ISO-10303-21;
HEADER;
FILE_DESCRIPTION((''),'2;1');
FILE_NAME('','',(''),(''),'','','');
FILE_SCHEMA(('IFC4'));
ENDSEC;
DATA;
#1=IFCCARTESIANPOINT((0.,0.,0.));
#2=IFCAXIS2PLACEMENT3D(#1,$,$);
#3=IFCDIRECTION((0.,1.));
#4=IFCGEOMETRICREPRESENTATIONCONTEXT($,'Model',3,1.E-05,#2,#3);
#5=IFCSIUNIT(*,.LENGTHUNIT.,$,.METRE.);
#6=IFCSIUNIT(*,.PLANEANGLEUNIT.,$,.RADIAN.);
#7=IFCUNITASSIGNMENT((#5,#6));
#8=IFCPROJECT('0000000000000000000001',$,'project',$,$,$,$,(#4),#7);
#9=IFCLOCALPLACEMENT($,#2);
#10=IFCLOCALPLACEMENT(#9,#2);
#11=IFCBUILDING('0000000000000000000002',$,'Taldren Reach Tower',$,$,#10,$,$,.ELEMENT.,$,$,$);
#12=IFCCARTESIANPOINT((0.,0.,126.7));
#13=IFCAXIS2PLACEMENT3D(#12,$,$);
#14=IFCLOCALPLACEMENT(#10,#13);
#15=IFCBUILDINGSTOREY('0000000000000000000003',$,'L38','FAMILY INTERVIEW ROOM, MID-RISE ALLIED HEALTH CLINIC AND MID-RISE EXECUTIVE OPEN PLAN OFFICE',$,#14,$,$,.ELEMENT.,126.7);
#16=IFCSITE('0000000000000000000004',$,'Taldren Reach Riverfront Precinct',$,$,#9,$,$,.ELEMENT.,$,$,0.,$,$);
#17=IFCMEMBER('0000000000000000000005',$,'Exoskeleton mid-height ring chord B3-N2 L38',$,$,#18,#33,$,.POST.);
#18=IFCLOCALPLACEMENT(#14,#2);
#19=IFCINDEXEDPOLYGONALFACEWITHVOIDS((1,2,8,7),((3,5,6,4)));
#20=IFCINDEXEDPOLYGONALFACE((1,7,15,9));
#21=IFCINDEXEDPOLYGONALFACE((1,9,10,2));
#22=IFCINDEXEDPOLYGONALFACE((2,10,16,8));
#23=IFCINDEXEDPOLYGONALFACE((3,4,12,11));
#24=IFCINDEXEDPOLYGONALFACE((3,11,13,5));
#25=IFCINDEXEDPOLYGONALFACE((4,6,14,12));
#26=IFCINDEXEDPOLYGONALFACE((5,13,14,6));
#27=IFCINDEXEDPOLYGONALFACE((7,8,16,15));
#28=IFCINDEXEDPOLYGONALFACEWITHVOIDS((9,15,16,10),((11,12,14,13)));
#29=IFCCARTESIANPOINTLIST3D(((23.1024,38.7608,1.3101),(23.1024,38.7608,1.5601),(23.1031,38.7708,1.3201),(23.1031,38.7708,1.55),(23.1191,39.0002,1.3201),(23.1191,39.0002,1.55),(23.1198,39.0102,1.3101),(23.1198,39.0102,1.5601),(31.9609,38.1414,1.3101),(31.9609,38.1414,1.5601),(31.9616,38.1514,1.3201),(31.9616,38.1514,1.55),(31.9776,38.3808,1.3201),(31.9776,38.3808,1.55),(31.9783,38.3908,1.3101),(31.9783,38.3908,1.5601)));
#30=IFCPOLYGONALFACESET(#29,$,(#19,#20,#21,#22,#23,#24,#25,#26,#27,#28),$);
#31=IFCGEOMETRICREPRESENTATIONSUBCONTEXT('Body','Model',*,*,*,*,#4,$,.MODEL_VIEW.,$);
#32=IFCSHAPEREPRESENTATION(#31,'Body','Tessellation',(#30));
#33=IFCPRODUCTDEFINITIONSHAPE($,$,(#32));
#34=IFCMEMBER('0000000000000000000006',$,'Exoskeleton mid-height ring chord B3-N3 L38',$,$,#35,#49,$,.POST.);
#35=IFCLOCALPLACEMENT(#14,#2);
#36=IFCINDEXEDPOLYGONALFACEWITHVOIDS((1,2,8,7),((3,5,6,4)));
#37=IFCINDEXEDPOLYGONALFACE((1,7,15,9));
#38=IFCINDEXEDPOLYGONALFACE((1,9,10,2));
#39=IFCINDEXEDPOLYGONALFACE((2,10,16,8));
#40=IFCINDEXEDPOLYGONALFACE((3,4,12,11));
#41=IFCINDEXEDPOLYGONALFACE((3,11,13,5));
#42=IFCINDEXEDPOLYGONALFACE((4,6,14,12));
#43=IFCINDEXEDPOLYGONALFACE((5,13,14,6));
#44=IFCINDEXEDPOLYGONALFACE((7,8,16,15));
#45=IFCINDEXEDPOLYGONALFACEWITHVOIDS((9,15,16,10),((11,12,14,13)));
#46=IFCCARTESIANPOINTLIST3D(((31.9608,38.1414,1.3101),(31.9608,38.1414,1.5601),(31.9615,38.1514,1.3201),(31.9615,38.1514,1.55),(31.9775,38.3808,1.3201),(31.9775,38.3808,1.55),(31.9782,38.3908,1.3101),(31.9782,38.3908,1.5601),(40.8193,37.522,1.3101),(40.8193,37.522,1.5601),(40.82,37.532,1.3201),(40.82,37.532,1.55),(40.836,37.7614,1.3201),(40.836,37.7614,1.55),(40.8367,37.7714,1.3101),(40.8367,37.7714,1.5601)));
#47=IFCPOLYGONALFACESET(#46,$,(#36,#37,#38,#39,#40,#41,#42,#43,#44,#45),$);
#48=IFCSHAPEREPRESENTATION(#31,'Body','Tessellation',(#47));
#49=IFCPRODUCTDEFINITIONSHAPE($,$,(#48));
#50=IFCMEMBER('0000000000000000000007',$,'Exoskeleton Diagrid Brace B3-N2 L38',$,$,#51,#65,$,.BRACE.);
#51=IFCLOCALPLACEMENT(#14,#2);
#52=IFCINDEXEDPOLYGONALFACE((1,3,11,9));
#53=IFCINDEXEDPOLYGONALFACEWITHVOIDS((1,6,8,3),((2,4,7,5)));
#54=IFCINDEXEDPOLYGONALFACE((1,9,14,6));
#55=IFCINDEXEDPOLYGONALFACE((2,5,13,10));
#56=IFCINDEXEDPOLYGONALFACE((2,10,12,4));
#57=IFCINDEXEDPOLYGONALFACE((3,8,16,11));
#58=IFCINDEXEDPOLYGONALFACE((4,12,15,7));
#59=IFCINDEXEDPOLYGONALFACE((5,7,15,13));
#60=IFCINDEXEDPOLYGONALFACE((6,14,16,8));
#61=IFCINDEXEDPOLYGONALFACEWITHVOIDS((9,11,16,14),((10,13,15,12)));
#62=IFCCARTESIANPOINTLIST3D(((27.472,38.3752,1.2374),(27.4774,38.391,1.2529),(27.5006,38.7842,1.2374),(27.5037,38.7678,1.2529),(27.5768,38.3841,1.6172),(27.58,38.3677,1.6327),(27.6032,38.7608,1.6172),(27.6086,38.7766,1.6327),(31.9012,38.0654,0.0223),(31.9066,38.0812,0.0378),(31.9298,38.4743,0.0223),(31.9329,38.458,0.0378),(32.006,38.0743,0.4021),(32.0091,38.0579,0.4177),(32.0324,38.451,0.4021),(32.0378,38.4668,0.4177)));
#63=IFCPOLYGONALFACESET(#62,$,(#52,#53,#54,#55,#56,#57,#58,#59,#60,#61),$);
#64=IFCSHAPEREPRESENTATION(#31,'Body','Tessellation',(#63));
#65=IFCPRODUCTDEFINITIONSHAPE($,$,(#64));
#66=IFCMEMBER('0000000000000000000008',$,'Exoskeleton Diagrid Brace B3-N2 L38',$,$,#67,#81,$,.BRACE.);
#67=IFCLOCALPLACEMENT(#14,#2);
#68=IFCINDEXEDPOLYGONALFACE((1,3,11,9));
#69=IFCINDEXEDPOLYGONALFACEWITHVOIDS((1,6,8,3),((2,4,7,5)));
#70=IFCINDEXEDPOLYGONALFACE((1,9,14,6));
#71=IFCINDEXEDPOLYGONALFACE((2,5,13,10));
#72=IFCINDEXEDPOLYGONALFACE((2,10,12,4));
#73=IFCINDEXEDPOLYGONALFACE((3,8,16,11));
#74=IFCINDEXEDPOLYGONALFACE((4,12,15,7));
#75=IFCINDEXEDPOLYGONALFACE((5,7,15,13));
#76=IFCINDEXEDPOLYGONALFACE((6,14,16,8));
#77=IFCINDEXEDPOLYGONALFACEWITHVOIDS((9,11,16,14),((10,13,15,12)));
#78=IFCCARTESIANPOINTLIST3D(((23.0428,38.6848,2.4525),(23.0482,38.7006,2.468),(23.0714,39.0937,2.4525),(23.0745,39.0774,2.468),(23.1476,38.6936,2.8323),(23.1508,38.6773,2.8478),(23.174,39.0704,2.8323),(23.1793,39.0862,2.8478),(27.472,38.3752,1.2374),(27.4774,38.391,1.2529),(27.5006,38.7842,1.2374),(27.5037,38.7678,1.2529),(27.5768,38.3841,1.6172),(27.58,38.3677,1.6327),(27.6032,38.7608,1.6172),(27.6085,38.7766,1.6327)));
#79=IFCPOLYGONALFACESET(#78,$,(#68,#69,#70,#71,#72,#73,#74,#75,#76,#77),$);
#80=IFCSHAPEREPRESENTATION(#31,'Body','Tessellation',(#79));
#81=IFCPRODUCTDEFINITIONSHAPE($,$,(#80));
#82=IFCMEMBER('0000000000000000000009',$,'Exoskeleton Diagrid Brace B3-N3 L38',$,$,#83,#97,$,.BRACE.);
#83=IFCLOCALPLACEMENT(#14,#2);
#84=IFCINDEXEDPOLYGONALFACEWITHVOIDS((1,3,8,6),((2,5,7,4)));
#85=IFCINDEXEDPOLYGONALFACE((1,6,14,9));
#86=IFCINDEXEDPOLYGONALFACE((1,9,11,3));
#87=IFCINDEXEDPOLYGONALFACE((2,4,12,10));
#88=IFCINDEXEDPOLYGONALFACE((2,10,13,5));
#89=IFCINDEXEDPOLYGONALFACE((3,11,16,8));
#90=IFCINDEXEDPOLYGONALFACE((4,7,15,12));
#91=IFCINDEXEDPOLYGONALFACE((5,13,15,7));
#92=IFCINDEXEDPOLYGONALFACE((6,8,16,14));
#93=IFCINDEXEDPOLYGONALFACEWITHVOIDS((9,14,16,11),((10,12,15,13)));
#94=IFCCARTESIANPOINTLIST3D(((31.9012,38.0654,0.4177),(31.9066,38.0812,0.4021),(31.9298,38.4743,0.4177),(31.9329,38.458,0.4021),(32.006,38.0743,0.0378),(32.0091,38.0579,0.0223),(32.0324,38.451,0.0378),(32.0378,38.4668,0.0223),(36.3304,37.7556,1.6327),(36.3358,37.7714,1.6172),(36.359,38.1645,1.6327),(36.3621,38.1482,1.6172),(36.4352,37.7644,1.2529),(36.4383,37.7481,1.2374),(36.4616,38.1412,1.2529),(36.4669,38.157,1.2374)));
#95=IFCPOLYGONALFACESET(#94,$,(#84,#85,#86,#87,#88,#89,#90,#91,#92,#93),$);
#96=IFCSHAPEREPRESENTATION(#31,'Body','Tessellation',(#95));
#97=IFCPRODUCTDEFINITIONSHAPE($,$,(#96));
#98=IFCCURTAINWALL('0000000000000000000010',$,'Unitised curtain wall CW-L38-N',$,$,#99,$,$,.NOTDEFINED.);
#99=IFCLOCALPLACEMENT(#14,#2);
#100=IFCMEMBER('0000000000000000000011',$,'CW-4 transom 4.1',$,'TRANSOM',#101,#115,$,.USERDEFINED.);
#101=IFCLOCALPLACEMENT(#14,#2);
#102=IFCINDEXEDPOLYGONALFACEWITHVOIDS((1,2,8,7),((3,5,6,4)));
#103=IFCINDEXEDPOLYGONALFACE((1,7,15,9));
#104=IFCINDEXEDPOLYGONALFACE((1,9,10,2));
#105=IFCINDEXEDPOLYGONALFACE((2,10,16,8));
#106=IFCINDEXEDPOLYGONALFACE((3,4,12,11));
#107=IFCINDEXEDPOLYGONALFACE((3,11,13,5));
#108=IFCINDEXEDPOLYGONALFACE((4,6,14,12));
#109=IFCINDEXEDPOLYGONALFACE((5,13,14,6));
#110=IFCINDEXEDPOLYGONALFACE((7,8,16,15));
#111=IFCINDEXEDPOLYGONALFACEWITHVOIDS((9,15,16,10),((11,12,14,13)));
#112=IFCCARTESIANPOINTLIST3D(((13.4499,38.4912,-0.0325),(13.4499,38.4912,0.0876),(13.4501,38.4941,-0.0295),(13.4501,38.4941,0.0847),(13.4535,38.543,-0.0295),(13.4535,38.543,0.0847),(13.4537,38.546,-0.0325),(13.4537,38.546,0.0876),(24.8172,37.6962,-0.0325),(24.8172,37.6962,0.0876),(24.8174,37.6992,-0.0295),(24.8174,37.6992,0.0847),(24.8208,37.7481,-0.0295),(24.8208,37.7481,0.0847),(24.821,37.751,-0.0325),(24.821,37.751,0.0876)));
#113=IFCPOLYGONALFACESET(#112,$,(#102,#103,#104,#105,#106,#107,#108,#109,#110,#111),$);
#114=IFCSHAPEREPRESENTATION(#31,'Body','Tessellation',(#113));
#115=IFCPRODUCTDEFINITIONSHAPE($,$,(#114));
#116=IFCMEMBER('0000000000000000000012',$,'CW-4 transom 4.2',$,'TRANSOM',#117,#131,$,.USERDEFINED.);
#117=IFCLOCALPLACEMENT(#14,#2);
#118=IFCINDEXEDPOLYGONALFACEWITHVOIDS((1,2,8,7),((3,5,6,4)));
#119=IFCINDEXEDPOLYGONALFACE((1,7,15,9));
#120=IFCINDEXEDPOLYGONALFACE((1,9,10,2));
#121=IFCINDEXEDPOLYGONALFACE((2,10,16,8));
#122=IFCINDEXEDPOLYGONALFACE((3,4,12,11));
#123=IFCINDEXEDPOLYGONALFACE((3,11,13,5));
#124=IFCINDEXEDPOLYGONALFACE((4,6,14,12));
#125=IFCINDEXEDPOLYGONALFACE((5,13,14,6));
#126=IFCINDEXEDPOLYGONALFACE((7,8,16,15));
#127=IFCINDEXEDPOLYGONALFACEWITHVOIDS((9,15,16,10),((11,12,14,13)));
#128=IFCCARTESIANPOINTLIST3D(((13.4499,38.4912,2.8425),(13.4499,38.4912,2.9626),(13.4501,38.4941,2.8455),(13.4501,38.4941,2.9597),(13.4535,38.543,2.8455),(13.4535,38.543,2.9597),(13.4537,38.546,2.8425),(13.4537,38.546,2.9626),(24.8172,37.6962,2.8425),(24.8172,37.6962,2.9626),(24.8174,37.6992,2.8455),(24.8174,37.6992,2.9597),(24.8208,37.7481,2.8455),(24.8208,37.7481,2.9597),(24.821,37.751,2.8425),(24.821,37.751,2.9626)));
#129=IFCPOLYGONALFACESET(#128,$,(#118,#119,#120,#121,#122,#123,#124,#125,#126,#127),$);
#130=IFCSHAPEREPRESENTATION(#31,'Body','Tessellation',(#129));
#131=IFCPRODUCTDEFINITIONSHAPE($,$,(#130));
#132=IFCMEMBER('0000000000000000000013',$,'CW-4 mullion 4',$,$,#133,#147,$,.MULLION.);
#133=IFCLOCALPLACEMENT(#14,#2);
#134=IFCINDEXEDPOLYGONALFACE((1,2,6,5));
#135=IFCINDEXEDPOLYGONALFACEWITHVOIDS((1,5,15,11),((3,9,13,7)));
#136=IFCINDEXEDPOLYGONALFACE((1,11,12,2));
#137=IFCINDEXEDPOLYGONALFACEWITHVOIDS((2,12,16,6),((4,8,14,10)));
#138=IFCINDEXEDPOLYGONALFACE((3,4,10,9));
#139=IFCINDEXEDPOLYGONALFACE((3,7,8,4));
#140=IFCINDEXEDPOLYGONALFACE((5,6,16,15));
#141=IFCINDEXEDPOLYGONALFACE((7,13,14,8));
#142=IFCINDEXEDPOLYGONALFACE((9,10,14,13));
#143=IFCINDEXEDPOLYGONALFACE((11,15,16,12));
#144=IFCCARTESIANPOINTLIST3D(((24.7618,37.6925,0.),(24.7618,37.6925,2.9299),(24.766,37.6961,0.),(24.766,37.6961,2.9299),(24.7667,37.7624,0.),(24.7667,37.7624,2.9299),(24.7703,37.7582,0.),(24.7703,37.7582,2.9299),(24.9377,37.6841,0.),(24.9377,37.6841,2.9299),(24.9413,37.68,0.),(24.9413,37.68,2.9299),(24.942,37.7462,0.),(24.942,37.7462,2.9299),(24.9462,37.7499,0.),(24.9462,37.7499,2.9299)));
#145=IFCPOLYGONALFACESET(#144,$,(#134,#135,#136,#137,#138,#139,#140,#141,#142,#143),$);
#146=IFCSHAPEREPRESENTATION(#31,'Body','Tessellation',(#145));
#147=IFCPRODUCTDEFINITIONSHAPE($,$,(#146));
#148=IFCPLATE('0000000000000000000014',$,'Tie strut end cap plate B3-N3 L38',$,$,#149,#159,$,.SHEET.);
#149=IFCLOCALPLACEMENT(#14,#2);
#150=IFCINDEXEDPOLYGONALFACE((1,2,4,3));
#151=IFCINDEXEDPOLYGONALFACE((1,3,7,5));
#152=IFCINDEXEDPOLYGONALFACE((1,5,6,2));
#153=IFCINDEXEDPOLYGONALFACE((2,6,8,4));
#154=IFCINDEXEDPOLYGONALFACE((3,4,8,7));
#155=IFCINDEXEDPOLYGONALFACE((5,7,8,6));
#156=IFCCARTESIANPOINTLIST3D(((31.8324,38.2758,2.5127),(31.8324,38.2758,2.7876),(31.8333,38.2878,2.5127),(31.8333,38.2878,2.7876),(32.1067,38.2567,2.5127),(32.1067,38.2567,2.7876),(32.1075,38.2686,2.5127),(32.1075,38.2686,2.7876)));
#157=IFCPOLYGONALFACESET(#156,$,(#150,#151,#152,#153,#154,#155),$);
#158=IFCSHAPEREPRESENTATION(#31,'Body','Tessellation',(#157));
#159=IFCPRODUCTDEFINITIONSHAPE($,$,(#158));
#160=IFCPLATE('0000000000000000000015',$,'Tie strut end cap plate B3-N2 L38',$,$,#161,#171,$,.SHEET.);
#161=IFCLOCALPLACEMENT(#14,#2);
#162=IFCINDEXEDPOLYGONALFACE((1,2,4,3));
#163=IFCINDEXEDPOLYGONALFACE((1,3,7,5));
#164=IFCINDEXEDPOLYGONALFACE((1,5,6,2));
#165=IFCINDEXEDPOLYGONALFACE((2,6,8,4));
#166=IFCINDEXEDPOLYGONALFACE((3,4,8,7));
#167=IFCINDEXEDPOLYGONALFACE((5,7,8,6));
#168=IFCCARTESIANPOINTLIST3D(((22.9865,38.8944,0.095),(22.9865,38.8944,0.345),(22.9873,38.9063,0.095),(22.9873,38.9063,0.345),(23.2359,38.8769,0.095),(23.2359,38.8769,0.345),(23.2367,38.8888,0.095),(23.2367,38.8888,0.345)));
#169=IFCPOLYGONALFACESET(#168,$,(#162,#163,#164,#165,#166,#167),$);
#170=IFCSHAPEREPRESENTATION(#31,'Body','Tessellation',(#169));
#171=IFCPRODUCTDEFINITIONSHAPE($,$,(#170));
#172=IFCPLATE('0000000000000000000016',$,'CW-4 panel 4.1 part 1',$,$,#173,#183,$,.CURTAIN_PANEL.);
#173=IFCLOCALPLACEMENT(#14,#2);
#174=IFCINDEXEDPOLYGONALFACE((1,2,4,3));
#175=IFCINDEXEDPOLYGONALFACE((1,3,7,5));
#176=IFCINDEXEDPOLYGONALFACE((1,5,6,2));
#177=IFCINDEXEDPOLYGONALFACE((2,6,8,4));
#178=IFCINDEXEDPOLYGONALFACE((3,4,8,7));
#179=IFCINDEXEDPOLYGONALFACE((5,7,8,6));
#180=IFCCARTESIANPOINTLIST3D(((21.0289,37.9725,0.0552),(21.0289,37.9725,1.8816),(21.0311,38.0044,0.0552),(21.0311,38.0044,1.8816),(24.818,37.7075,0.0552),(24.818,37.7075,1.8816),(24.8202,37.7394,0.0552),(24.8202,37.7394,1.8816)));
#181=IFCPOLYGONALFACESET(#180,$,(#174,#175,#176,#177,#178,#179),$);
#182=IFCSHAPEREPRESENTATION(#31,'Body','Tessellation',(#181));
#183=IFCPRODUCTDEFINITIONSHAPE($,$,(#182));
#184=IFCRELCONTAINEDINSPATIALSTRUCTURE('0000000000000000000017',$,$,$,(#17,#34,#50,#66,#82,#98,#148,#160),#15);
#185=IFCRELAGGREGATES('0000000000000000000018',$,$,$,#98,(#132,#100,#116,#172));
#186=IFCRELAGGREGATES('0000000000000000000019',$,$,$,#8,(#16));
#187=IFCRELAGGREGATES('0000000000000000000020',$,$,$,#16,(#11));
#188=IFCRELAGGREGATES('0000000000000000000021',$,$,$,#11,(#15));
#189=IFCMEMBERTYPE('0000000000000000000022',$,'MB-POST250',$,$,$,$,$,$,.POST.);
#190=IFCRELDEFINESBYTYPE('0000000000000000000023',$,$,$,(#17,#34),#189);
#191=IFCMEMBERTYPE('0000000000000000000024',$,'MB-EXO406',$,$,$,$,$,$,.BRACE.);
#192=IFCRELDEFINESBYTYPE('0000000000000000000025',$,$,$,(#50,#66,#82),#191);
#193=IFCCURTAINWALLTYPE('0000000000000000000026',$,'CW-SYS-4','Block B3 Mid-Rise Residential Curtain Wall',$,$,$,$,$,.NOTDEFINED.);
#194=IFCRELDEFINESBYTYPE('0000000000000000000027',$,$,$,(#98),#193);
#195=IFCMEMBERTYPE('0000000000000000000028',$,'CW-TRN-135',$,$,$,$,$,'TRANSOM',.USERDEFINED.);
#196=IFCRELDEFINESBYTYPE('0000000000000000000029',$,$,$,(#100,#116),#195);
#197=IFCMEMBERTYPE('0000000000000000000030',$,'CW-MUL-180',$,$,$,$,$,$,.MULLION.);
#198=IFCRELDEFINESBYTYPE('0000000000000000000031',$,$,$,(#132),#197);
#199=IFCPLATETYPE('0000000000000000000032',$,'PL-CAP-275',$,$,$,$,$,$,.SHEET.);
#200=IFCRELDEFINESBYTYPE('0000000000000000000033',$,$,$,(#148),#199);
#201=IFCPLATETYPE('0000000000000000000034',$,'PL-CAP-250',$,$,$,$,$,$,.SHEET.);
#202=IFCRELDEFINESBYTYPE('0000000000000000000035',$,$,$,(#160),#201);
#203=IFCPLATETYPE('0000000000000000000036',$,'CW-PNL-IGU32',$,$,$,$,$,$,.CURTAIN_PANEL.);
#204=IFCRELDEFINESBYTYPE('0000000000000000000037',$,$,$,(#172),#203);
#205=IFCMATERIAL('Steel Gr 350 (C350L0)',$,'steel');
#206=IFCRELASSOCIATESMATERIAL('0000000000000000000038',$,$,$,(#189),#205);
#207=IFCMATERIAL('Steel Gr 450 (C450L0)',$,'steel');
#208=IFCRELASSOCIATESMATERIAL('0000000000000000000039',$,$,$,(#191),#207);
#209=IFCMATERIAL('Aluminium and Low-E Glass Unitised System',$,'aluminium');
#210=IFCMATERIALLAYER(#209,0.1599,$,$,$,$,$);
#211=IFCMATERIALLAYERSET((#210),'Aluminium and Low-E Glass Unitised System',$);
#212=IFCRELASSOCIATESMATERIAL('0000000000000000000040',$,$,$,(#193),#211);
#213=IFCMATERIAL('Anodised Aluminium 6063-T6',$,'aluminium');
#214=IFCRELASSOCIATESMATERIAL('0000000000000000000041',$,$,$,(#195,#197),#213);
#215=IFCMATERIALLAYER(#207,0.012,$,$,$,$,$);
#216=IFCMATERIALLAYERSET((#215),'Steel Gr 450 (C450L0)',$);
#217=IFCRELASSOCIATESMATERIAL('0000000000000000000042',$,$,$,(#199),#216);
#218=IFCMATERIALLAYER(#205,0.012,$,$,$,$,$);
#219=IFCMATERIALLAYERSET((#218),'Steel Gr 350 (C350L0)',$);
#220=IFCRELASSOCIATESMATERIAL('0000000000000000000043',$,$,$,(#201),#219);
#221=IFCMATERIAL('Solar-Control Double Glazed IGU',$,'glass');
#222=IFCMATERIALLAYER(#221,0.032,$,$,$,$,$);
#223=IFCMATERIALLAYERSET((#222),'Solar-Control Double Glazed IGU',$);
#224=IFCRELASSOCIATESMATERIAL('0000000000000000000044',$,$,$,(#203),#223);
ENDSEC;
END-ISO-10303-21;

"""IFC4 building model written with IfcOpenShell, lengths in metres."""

from ifc_helpers import new_model, si_unit, direction, frame, origin, origin_2d, place, context, subcontext, project, spatial, rectangle, hollow_rectangle, extrude, source, transform, mapped, material, layer, layer_set, material_profile, profile_set, type_object, element, aggregate, save


model = new_model("IFC4")

# Units and contexts
model_context = context("Model", 3, precision=1e-05, world=origin(), true_north=direction((0.0, 1.0)))
body_context = subcontext(model_context, "Body", "Model", "MODEL_VIEW")
ifc_project = project(units=[si_unit("LENGTHUNIT", "METRE"), si_unit("PLANEANGLEUNIT", "RADIAN")], contexts=[model_context])

# Site, building, storey
site_placement = place(None, origin())
site = spatial("IfcSite", under=ifc_project, at=site_placement, Name="Taldren Reach Riverfront Precinct", CompositionType="ELEMENT", RefElevation=0.0)
building_placement = place(site_placement, origin())
building = spatial("IfcBuilding", under=site, at=building_placement, Name="Taldren Reach Tower", CompositionType="ELEMENT")
storey_placement = place(building_placement, frame((0.0, 0.0, 126.7)))
storey = spatial("IfcBuildingStorey", under=building, at=storey_placement, Name="L38", Description="FAMILY INTERVIEW ROOM, MID-RISE ALLIED HEALTH CLINIC AND MID-RISE EXECUTIVE OPEN PLAN OFFICE", CompositionType="ELEMENT", Elevation=126.7)

# Shared definitions
ifc_material_1 = material(Name="Steel Gr 450 (C450L0)", Category="steel")
ifc_material_2 = material(Name="Steel Gr 350 (C350L0)", Category="steel")
ifc_material_profile_1 = material_profile(ifc_material_2, hollow_rectangle(XDim=0.25, YDim=0.25, WallThickness=0.01, at=origin_2d()), Name="250x250x10.0SHS")
ifc_profile_set_1 = profile_set([ifc_material_profile_1], Name="Steel Gr 350 (C350L0)")
member_type_1 = type_object("IfcMemberType", Name="MB-POST250", PredefinedType="POST", material=ifc_profile_set_1)

# Members
shared_shape_1 = source(origin(), body_context, "Body", "SweptSolid", [
    extrude(hollow_rectangle(XDim=0.25, YDim=0.25, WallThickness=0.01, at=origin_2d()), origin(), (0.0, 0.0, 1.0), 8.8801),
])
for number, where, z_axis, x_axis, name in (
    (1, (23.1111, 38.8855, 1.4351), (0.997564, -0.06975, 0.0), (0.06975, 0.997564, 0.0), "Exoskeleton mid-height ring chord B3-N2 L38"),
    (2, (31.9695, 38.2661, 1.4351), (0.997564, -0.06975, 0.0), (0.06975, 0.997564, 0.0), "Exoskeleton mid-height ring chord B3-N3 L38"),
):
    element("IfcMember", number, at=place(storey_placement, frame(where, z_axis=z_axis, x_axis=x_axis)), inside=storey, type_object=member_type_1, Name=name, PredefinedType="POST", context=body_context, shape_type="MappedRepresentation", body=[
        mapped(shared_shape_1, transform((0.0, 0.0, 0.0), scale=1.0)),
    ])
ifc_material_profile_2 = material_profile(ifc_material_1, hollow_rectangle(XDim=0.4099, YDim=0.4099, WallThickness=0.0161, at=origin_2d()), Name="410x410x16.0SHS")
ifc_profile_set_2 = profile_set([ifc_material_profile_2], Name="Steel Gr 450 (C450L0)")
member_type_2 = type_object("IfcMemberType", Name="MB-EXO406", PredefinedType="BRACE", material=ifc_profile_set_2)
shared_shape_2 = source(origin(), body_context, "Body", "SweptSolid", [
    extrude(hollow_rectangle(XDim=0.4099, YDim=0.4099, WallThickness=0.0161, at=origin_2d()), origin(), (0.0, 0.0, 1.0), 4.6033),
])
for number, where, z_axis, x_axis, name in (
    (3, (31.9695, 38.2661, 0.22), (-0.962182, 0.067303, 0.263961), (-0.069778, -0.997563, 0.0), "Exoskeleton Diagrid Brace B3-N2 L38"),
    (4, (27.5403, 38.5759, 1.4351), (-0.962186, 0.06725, 0.263962), (-0.069723, -0.997566, 0.0), "Exoskeleton Diagrid Brace B3-N2 L38"),
    (5, (31.9695, 38.2661, 0.22), (0.962182, -0.067303, 0.263961), (0.069778, 0.997563, 0.0), "Exoskeleton Diagrid Brace B3-N3 L38"),
):
    element("IfcMember", number, at=place(storey_placement, frame(where, z_axis=z_axis, x_axis=x_axis)), inside=storey, type_object=member_type_2, Name=name, PredefinedType="BRACE", context=body_context, shape_type="MappedRepresentation", body=[
        mapped(shared_shape_2, transform((0.0, 0.0, 0.0), scale=1.0)),
    ])

# Curtain wall, members
ifc_material_3 = material(Name="Aluminium and Low-E Glass Unitised System", Category="aluminium")
ifc_layer_1 = layer(ifc_material_3, 0.1599)
ifc_layer_set_1 = layer_set([ifc_layer_1], Name="Aluminium and Low-E Glass Unitised System")
curtain_wall_type = type_object("IfcCurtainWallType", Name="CW-SYS-4", Description="Block B3 Mid-Rise Residential Curtain Wall", PredefinedType="NOTDEFINED", material=ifc_layer_set_1)
curtain_wall_placement = place(storey_placement, origin())
curtain_wall = element("IfcCurtainWall", 6, at=curtain_wall_placement, inside=storey, type_object=curtain_wall_type, Name="Unitised curtain wall CW-L38-N", PredefinedType="NOTDEFINED")
ifc_material_4 = material(Name="Anodised Aluminium 6063-T6", Category="aluminium")
ifc_material_profile_3 = material_profile(ifc_material_4, hollow_rectangle(XDim=0.0549, YDim=0.1201, WallThickness=0.0029, at=origin_2d()), Name="ALU-120x55x3RHS")
ifc_profile_set_3 = profile_set([ifc_material_profile_3], Name="Anodised Aluminium 6063-T6")
member_type_3 = type_object("IfcMemberType", Name="CW-TRN-135", ElementType="TRANSOM", PredefinedType="USERDEFINED", material=ifc_profile_set_3)
shared_shape_3 = source(origin(), body_context, "Body", "SweptSolid", [
    extrude(hollow_rectangle(XDim=0.0549, YDim=0.1201, WallThickness=0.0029, at=origin_2d()), origin(), (0.0, 0.0, 1.0), 11.395),
])
member_1_placement = place(storey_placement, frame((24.8191, 37.7236, 0.0276), z_axis=(-0.997564, 0.069761, 0.0), x_axis=(-0.069761, -0.997564, 0.0)))
member_1 = element("IfcMember", 7, at=member_1_placement, type_object=member_type_3, Name="CW-4 transom 4.1", ObjectType="TRANSOM", PredefinedType="USERDEFINED", context=body_context, shape_type="MappedRepresentation", body=[
    mapped(shared_shape_3, transform((0.0, 0.0, 0.0), scale=1.0)),
])
member_2_placement = place(storey_placement, frame((24.8191, 37.7236, 2.9026), z_axis=(-0.997564, 0.069761, 0.0), x_axis=(-0.069761, -0.997564, 0.0)))
member_2 = element("IfcMember", 8, at=member_2_placement, type_object=member_type_3, Name="CW-4 transom 4.2", ObjectType="TRANSOM", PredefinedType="USERDEFINED", context=body_context, shape_type="MappedRepresentation", body=[
    mapped(shared_shape_3, transform((0.0, 0.0, 0.0), scale=1.0)),
])
ifc_material_profile_4 = material_profile(ifc_material_4, hollow_rectangle(XDim=0.0701, YDim=0.1799, WallThickness=0.0039, at=origin_2d()), Name="ALU-180x70x4RHS")
ifc_profile_set_4 = profile_set([ifc_material_profile_4], Name="Anodised Aluminium 6063-T6")
member_type_4 = type_object("IfcMemberType", Name="CW-MUL-180", PredefinedType="MULLION", material=ifc_profile_set_4)
shared_shape_4 = source(origin(), body_context, "Body", "SweptSolid", [
    extrude(hollow_rectangle(XDim=0.0701, YDim=0.1799, WallThickness=0.0039, at=origin_2d()), origin(), (0.0, 0.0, 1.0), 2.9299),
])
member_3_placement = place(storey_placement, frame((24.854, 37.7212, 0.0), z_axis=(0.0, 0.0, 1.0), x_axis=(-0.069757, -0.997564, 0.0)))
member_3 = element("IfcMember", 9, at=member_3_placement, type_object=member_type_4, Name="CW-4 mullion 4", PredefinedType="MULLION", context=body_context, shape_type="MappedRepresentation", body=[
    mapped(shared_shape_4, transform((0.0, 0.0, 0.0), scale=1.0)),
])

# Plates
ifc_layer_2 = layer(ifc_material_1, 0.012)
ifc_layer_set_2 = layer_set([ifc_layer_2], Name="Steel Gr 450 (C450L0)")
plate_type_1 = type_object("IfcPlateType", Name="PL-CAP-275", PredefinedType="SHEET", material=ifc_layer_set_2)
shared_shape_5 = source(origin(), body_context, "Body", "SweptSolid", [
    extrude(rectangle(XDim=0.2749, YDim=0.012, at=origin_2d()), origin(), (0.0, 0.0, 1.0), 0.2749),
])
plate_1_placement = place(storey_placement, frame((31.97, 38.2722, 2.5127), z_axis=(0.0, 0.0, 1.0), x_axis=(0.997564, -0.069756, 0.0)))
element("IfcPlate", 10, at=plate_1_placement, inside=storey, type_object=plate_type_1, Name="Tie strut end cap plate B3-N3 L38", PredefinedType="SHEET", context=body_context, shape_type="MappedRepresentation", body=[
    mapped(shared_shape_5, transform((0.0, 0.0, 0.0), scale=1.0)),
])
ifc_layer_3 = layer(ifc_material_2, 0.012)
ifc_layer_set_3 = layer_set([ifc_layer_3], Name="Steel Gr 350 (C350L0)")
plate_type_2 = type_object("IfcPlateType", Name="PL-CAP-250", PredefinedType="SHEET", material=ifc_layer_set_3)
shared_shape_6 = source(origin(), body_context, "Body", "SweptSolid", [
    extrude(rectangle(XDim=0.25, YDim=0.012, at=origin_2d()), origin(), (0.0, 0.0, 1.0), 0.25),
])
plate_2_placement = place(storey_placement, frame((23.1116, 38.8916, 0.095), z_axis=(0.0, 0.0, 1.0), x_axis=(0.997564, -0.069756, 0.0)))
element("IfcPlate", 11, at=plate_2_placement, inside=storey, type_object=plate_type_2, Name="Tie strut end cap plate B3-N2 L38", PredefinedType="SHEET", context=body_context, shape_type="MappedRepresentation", body=[
    mapped(shared_shape_6, transform((0.0, 0.0, 0.0), scale=1.0)),
])

# Plate
ifc_material_5 = material(Name="Solar-Control Double Glazed IGU", Category="glass")
ifc_layer_4 = layer(ifc_material_5, 0.032)
ifc_layer_set_4 = layer_set([ifc_layer_4], Name="Solar-Control Double Glazed IGU")
plate_type_3 = type_object("IfcPlateType", Name="CW-PNL-IGU32", PredefinedType="CURTAIN_PANEL", material=ifc_layer_set_4)
shared_shape_7 = source(origin(), body_context, "Body", "SweptSolid", [
    extrude(rectangle(XDim=3.7983, YDim=0.032, at=origin_2d()), origin(), (0.0, 0.0, 1.0), 1.8264),
])
plate_3_placement = place(storey_placement, frame((22.9246, 37.856, 0.0552), z_axis=(0.0, 0.0, 1.0), x_axis=(-0.997564, 0.069757, 0.0)))
plate_3 = element("IfcPlate", 12, at=plate_3_placement, type_object=plate_type_3, Name="CW-4 panel 4.1 part 1", PredefinedType="CURTAIN_PANEL", context=body_context, shape_type="MappedRepresentation", body=[
    mapped(shared_shape_7, transform((0.0, 0.0, 0.0), scale=1.0)),
])
aggregate(curtain_wall, [member_3, member_1, member_2, plate_3])

save(model, "model.ifc")
